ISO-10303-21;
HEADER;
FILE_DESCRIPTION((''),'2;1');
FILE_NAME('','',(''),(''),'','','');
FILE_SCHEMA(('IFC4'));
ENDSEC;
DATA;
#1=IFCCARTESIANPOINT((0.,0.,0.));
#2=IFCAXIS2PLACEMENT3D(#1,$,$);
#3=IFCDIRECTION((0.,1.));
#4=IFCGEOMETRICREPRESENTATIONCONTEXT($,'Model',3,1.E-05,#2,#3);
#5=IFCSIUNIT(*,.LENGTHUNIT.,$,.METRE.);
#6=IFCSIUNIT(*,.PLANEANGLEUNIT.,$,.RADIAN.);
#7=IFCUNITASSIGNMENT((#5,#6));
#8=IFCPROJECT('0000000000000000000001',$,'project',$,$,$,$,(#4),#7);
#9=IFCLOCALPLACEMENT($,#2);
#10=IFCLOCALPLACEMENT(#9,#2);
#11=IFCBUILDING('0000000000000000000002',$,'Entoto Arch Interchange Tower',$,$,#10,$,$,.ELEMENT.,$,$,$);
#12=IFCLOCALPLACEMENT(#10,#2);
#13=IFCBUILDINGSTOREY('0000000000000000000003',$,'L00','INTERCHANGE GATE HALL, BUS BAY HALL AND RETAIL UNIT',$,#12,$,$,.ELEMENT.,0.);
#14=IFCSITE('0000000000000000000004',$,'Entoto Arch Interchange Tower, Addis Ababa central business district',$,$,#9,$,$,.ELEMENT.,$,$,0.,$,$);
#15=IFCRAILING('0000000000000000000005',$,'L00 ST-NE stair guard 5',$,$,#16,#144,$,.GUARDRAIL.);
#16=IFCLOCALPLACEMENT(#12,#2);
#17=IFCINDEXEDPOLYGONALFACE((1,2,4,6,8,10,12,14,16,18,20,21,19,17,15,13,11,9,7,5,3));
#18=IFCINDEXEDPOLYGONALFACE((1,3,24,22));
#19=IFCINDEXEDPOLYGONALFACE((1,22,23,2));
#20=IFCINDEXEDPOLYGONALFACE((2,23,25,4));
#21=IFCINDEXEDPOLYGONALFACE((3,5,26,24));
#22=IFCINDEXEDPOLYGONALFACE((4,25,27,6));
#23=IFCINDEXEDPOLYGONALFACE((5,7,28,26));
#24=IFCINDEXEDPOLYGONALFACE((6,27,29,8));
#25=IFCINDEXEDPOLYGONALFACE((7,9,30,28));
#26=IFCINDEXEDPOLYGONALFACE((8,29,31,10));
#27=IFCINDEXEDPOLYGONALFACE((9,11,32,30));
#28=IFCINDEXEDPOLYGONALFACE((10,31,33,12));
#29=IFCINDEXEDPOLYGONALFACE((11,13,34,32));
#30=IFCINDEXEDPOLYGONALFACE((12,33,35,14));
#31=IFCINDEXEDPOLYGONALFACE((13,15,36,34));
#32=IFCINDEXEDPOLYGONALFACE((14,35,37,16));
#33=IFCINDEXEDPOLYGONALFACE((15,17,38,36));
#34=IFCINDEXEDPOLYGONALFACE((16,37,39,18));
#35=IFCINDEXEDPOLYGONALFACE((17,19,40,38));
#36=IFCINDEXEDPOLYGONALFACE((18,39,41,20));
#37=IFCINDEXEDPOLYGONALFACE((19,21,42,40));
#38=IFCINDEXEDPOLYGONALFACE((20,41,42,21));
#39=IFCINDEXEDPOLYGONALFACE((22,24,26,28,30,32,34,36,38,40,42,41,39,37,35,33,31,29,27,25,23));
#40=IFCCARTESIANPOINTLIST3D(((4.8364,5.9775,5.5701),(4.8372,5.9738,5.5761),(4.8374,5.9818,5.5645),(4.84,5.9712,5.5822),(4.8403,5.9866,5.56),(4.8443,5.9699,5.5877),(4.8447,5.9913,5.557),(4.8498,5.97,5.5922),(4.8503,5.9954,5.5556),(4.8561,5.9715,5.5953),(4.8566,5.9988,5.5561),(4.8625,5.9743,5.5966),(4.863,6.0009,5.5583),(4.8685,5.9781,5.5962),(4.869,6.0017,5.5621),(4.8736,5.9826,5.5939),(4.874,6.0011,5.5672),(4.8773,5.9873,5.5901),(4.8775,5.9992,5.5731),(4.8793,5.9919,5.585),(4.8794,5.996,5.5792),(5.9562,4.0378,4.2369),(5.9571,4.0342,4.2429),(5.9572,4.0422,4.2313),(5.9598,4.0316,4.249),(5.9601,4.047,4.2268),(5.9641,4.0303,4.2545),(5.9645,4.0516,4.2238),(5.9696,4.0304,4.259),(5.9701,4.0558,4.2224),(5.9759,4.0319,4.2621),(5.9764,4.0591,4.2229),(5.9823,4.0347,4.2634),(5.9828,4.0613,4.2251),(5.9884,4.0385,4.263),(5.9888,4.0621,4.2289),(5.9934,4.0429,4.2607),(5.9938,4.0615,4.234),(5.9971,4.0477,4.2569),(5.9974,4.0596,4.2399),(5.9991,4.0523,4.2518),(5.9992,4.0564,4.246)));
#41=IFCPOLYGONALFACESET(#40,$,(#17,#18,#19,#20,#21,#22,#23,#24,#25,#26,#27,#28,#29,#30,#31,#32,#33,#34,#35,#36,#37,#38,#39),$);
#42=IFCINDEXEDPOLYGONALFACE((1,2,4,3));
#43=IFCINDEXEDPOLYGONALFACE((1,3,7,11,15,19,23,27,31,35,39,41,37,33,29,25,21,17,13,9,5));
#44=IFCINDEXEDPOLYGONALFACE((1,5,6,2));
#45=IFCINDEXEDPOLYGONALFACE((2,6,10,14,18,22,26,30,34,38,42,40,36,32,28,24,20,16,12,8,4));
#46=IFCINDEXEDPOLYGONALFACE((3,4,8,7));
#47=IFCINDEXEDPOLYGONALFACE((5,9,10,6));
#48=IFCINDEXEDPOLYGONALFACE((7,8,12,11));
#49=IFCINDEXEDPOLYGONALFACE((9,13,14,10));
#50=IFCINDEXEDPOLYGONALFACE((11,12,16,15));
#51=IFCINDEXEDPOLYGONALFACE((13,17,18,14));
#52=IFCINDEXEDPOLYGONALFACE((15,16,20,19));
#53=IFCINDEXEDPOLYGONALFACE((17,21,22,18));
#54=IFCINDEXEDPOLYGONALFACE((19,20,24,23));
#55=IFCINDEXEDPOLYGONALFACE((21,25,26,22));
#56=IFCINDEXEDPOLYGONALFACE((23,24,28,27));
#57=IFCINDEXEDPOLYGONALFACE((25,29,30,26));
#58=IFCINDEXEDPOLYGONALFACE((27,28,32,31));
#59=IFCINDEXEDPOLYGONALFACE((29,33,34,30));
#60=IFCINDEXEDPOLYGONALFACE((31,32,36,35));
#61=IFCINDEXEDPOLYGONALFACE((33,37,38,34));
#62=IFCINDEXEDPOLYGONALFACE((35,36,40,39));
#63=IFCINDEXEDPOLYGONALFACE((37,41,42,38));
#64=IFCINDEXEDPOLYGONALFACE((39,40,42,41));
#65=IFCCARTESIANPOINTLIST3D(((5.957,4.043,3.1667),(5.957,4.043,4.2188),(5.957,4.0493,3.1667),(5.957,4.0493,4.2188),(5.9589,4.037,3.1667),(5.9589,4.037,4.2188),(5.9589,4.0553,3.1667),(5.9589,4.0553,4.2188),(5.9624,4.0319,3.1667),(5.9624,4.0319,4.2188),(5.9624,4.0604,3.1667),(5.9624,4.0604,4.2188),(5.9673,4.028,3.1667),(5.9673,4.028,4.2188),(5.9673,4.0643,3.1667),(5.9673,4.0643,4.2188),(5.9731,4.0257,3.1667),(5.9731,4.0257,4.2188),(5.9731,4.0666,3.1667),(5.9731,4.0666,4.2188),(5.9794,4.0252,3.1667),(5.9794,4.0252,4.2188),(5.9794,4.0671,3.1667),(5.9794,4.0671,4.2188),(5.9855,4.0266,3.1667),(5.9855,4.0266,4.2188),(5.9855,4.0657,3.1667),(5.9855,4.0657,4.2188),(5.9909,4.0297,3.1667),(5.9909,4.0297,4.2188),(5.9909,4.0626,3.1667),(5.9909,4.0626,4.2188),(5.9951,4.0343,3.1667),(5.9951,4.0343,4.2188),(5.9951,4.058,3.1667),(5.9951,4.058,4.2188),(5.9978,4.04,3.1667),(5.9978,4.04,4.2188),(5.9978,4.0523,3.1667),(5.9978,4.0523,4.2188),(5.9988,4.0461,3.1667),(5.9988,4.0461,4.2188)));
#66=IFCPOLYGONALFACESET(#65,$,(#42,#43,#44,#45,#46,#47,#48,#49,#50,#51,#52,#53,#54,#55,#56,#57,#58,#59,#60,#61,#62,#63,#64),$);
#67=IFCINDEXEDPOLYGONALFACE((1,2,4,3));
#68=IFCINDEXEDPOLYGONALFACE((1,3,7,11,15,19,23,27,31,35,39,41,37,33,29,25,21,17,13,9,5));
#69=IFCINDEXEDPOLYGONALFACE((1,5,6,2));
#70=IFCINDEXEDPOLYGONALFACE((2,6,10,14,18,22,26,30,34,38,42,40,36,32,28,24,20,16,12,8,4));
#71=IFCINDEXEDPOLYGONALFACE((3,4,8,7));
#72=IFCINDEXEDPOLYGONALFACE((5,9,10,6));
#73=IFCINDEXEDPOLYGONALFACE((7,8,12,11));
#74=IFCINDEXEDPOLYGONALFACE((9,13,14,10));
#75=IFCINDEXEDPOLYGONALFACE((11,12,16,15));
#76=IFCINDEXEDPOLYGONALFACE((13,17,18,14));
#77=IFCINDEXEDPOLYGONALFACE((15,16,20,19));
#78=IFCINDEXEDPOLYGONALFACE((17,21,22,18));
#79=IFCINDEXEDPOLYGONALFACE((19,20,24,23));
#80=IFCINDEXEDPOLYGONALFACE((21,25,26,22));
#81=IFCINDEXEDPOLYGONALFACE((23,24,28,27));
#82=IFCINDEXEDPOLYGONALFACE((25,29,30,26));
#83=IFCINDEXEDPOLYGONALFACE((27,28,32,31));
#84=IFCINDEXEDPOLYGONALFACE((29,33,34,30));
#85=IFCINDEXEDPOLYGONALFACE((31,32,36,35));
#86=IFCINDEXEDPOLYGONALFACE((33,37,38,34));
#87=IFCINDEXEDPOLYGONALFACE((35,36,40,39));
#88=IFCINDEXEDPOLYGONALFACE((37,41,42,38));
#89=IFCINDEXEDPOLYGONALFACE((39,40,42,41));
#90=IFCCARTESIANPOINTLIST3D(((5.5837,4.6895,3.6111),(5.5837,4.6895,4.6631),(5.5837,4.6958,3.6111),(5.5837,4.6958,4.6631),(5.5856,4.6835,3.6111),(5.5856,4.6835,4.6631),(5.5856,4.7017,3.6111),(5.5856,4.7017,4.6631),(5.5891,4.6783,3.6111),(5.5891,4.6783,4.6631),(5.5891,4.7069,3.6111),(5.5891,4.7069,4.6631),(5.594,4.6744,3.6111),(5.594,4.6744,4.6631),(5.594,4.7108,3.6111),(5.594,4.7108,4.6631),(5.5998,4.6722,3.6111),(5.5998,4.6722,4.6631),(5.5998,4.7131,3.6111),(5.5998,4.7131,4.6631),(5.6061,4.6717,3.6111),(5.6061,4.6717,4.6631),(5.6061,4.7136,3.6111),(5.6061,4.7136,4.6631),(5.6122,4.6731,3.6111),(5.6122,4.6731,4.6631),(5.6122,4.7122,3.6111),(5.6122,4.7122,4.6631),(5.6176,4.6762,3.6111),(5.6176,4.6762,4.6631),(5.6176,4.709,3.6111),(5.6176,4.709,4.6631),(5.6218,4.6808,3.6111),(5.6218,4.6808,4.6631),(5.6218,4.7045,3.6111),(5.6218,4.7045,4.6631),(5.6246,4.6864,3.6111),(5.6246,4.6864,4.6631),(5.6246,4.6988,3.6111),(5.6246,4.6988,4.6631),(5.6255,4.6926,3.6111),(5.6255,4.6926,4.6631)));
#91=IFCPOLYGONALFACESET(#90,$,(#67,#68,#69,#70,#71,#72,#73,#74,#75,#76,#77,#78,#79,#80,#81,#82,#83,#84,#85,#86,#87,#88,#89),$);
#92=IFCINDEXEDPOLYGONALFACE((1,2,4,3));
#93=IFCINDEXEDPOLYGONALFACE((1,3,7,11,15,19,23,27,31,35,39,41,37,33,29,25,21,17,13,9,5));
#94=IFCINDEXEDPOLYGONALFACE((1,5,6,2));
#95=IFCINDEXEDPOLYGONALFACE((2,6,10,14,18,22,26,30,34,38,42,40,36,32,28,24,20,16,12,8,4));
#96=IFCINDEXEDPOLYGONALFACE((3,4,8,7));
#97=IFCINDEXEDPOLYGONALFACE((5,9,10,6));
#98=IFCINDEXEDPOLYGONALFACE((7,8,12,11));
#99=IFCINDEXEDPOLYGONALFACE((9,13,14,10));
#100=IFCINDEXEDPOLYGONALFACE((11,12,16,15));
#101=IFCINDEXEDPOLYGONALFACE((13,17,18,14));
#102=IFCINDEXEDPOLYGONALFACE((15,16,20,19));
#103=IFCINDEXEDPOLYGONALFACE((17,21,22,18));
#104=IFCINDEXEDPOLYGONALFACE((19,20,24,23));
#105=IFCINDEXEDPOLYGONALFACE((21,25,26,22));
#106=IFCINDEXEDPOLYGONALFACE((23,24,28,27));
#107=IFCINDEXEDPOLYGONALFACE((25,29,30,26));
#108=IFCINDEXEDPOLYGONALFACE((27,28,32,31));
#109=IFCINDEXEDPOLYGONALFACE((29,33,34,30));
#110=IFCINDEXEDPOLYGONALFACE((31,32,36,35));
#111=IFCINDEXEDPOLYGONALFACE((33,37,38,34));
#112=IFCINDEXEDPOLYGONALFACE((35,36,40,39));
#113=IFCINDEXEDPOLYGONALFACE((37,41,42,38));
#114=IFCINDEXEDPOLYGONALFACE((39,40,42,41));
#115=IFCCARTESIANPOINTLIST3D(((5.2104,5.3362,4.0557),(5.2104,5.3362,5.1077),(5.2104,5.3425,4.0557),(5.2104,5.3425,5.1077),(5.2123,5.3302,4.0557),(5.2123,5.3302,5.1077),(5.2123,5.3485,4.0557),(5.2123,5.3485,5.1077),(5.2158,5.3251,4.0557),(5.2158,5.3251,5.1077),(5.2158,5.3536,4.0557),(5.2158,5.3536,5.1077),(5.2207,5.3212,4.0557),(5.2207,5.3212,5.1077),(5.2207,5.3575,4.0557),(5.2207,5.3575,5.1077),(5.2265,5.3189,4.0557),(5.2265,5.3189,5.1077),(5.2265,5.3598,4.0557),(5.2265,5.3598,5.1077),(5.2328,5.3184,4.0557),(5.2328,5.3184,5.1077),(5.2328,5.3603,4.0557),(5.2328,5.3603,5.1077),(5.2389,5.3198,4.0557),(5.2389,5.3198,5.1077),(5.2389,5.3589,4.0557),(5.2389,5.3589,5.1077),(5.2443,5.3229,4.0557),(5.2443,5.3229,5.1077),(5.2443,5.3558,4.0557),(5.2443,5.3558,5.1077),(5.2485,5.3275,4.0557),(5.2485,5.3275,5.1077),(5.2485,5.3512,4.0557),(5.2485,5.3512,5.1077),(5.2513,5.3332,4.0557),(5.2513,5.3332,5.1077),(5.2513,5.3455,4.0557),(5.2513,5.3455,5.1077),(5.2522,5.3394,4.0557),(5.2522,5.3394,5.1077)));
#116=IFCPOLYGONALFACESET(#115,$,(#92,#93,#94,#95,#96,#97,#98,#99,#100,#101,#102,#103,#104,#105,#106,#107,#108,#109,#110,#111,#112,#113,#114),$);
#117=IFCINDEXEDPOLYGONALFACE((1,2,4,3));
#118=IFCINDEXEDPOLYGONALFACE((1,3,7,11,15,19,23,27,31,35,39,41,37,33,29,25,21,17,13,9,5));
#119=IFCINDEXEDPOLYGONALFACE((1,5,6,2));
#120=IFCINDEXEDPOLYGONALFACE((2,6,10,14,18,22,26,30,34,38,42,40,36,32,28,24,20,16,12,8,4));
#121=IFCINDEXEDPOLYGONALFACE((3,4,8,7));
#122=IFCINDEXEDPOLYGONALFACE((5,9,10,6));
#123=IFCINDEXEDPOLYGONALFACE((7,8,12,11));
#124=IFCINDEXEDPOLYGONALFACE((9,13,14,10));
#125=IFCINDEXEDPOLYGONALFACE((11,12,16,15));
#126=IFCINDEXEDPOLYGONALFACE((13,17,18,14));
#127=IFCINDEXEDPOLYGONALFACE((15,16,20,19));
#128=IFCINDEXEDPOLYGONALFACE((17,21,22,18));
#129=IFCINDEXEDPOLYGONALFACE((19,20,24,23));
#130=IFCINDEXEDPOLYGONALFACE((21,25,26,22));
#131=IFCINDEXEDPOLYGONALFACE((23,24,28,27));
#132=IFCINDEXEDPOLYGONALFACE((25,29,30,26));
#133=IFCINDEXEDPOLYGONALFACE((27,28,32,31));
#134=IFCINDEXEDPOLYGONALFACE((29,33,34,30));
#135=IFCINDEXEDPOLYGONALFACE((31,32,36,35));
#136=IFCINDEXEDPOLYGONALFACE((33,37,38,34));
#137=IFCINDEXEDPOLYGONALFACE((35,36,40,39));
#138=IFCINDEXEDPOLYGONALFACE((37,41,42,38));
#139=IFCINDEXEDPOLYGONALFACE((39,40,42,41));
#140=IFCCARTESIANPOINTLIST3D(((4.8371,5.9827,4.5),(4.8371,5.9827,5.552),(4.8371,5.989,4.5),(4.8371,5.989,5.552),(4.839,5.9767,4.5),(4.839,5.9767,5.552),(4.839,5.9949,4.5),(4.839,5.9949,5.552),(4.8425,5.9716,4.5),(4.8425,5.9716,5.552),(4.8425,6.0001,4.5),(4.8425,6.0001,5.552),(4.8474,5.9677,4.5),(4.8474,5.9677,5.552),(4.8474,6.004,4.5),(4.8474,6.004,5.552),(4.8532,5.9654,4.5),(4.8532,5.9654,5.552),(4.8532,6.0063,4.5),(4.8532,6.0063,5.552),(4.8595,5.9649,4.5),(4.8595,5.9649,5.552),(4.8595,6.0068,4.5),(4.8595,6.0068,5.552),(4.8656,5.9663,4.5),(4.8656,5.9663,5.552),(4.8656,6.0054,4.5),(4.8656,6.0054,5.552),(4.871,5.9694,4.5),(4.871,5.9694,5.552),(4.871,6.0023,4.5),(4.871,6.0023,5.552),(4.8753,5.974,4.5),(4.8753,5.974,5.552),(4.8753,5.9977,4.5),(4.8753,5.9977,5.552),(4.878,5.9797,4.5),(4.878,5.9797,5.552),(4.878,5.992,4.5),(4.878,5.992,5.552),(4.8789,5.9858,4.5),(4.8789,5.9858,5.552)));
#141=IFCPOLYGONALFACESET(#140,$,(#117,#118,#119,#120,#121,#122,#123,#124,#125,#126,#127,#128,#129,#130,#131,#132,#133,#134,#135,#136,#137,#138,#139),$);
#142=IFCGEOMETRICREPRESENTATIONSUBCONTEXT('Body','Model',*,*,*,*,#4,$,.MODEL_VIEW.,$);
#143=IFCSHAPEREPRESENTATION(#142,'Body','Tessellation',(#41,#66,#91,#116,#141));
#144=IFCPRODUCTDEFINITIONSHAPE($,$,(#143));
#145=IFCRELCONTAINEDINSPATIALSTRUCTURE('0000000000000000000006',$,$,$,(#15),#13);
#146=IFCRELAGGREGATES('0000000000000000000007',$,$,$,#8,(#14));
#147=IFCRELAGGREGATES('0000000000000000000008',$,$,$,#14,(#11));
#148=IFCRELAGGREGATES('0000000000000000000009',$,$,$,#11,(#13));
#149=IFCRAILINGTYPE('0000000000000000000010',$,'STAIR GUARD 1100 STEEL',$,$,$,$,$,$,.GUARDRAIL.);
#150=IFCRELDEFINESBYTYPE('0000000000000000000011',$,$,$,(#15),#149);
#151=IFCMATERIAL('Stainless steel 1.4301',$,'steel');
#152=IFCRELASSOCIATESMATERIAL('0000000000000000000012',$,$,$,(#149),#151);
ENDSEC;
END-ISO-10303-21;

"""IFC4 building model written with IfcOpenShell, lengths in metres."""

from ifc_helpers import new_model, si_unit, direction, frame, origin, origin_2d, place, context, subcontext, project, spatial, circle, extrude, material, type_object, element, save


model = new_model("IFC4")

# Units and contexts
model_context = context("Model", 3, precision=1e-05, world=origin(), true_north=direction((0.0, 1.0)))
body_context = subcontext(model_context, "Body", "Model", "MODEL_VIEW")
ifc_project = project(units=[si_unit("LENGTHUNIT", "METRE"), si_unit("PLANEANGLEUNIT", "RADIAN")], contexts=[model_context])

# Site, building, storey
site_placement = place(None, origin())
site = spatial("IfcSite", under=ifc_project, at=site_placement, Name="Entoto Arch Interchange Tower, Addis Ababa central business district", CompositionType="ELEMENT", RefElevation=0.0)
building_placement = place(site_placement, origin())
building = spatial("IfcBuilding", under=site, at=building_placement, Name="Entoto Arch Interchange Tower", CompositionType="ELEMENT")
storey_placement = place(building_placement, origin())
storey = spatial("IfcBuildingStorey", under=building, at=storey_placement, Name="L00", Description="INTERCHANGE GATE HALL, BUS BAY HALL AND RETAIL UNIT", CompositionType="ELEMENT", Elevation=0.0)

# Railing
ifc_material_1 = material(Name="Stainless steel 1.4301", Category="steel")
railing_type_1 = type_object("IfcRailingType", Name="STAIR GUARD 1100 STEEL", PredefinedType="GUARDRAIL", material=ifc_material_1)
railing_1_placement = place(storey_placement, frame((5.9778, 4.0461, 3.1667)))
element("IfcRailing", 1, at=railing_1_placement, inside=storey, type_object=railing_type_1, Name="L00 ST-NE stair guard 5", PredefinedType="GUARDRAIL", context=body_context, shape_type="SweptSolid", body=[
    extrude(circle(Radius=0.0239, at=origin_2d()), frame((0.0, 0.0, 1.0762), z_axis=(-0.429638, 0.744163, 0.511501), x_axis=(-0.866028, -0.499996, 0.0)), (0.0, 0.0, 1.0), 2.6064),
    extrude(circle(Radius=0.021, at=origin_2d()), origin(), (0.0, 0.0, 1.0), 1.052),
    extrude(circle(Radius=0.021, at=origin_2d()), frame((-0.3733, 0.6465, 0.4443)), (0.0, 0.0, 1.0), 1.052),
    extrude(circle(Radius=0.021, at=origin_2d()), frame((-0.7466, 1.2932, 0.8889)), (0.0, 0.0, 1.0), 1.052),
    extrude(circle(Radius=0.021, at=origin_2d()), frame((-1.1199, 1.9397, 1.3333)), (0.0, 0.0, 1.0), 1.052),
])

save(model, "model.ifc")
